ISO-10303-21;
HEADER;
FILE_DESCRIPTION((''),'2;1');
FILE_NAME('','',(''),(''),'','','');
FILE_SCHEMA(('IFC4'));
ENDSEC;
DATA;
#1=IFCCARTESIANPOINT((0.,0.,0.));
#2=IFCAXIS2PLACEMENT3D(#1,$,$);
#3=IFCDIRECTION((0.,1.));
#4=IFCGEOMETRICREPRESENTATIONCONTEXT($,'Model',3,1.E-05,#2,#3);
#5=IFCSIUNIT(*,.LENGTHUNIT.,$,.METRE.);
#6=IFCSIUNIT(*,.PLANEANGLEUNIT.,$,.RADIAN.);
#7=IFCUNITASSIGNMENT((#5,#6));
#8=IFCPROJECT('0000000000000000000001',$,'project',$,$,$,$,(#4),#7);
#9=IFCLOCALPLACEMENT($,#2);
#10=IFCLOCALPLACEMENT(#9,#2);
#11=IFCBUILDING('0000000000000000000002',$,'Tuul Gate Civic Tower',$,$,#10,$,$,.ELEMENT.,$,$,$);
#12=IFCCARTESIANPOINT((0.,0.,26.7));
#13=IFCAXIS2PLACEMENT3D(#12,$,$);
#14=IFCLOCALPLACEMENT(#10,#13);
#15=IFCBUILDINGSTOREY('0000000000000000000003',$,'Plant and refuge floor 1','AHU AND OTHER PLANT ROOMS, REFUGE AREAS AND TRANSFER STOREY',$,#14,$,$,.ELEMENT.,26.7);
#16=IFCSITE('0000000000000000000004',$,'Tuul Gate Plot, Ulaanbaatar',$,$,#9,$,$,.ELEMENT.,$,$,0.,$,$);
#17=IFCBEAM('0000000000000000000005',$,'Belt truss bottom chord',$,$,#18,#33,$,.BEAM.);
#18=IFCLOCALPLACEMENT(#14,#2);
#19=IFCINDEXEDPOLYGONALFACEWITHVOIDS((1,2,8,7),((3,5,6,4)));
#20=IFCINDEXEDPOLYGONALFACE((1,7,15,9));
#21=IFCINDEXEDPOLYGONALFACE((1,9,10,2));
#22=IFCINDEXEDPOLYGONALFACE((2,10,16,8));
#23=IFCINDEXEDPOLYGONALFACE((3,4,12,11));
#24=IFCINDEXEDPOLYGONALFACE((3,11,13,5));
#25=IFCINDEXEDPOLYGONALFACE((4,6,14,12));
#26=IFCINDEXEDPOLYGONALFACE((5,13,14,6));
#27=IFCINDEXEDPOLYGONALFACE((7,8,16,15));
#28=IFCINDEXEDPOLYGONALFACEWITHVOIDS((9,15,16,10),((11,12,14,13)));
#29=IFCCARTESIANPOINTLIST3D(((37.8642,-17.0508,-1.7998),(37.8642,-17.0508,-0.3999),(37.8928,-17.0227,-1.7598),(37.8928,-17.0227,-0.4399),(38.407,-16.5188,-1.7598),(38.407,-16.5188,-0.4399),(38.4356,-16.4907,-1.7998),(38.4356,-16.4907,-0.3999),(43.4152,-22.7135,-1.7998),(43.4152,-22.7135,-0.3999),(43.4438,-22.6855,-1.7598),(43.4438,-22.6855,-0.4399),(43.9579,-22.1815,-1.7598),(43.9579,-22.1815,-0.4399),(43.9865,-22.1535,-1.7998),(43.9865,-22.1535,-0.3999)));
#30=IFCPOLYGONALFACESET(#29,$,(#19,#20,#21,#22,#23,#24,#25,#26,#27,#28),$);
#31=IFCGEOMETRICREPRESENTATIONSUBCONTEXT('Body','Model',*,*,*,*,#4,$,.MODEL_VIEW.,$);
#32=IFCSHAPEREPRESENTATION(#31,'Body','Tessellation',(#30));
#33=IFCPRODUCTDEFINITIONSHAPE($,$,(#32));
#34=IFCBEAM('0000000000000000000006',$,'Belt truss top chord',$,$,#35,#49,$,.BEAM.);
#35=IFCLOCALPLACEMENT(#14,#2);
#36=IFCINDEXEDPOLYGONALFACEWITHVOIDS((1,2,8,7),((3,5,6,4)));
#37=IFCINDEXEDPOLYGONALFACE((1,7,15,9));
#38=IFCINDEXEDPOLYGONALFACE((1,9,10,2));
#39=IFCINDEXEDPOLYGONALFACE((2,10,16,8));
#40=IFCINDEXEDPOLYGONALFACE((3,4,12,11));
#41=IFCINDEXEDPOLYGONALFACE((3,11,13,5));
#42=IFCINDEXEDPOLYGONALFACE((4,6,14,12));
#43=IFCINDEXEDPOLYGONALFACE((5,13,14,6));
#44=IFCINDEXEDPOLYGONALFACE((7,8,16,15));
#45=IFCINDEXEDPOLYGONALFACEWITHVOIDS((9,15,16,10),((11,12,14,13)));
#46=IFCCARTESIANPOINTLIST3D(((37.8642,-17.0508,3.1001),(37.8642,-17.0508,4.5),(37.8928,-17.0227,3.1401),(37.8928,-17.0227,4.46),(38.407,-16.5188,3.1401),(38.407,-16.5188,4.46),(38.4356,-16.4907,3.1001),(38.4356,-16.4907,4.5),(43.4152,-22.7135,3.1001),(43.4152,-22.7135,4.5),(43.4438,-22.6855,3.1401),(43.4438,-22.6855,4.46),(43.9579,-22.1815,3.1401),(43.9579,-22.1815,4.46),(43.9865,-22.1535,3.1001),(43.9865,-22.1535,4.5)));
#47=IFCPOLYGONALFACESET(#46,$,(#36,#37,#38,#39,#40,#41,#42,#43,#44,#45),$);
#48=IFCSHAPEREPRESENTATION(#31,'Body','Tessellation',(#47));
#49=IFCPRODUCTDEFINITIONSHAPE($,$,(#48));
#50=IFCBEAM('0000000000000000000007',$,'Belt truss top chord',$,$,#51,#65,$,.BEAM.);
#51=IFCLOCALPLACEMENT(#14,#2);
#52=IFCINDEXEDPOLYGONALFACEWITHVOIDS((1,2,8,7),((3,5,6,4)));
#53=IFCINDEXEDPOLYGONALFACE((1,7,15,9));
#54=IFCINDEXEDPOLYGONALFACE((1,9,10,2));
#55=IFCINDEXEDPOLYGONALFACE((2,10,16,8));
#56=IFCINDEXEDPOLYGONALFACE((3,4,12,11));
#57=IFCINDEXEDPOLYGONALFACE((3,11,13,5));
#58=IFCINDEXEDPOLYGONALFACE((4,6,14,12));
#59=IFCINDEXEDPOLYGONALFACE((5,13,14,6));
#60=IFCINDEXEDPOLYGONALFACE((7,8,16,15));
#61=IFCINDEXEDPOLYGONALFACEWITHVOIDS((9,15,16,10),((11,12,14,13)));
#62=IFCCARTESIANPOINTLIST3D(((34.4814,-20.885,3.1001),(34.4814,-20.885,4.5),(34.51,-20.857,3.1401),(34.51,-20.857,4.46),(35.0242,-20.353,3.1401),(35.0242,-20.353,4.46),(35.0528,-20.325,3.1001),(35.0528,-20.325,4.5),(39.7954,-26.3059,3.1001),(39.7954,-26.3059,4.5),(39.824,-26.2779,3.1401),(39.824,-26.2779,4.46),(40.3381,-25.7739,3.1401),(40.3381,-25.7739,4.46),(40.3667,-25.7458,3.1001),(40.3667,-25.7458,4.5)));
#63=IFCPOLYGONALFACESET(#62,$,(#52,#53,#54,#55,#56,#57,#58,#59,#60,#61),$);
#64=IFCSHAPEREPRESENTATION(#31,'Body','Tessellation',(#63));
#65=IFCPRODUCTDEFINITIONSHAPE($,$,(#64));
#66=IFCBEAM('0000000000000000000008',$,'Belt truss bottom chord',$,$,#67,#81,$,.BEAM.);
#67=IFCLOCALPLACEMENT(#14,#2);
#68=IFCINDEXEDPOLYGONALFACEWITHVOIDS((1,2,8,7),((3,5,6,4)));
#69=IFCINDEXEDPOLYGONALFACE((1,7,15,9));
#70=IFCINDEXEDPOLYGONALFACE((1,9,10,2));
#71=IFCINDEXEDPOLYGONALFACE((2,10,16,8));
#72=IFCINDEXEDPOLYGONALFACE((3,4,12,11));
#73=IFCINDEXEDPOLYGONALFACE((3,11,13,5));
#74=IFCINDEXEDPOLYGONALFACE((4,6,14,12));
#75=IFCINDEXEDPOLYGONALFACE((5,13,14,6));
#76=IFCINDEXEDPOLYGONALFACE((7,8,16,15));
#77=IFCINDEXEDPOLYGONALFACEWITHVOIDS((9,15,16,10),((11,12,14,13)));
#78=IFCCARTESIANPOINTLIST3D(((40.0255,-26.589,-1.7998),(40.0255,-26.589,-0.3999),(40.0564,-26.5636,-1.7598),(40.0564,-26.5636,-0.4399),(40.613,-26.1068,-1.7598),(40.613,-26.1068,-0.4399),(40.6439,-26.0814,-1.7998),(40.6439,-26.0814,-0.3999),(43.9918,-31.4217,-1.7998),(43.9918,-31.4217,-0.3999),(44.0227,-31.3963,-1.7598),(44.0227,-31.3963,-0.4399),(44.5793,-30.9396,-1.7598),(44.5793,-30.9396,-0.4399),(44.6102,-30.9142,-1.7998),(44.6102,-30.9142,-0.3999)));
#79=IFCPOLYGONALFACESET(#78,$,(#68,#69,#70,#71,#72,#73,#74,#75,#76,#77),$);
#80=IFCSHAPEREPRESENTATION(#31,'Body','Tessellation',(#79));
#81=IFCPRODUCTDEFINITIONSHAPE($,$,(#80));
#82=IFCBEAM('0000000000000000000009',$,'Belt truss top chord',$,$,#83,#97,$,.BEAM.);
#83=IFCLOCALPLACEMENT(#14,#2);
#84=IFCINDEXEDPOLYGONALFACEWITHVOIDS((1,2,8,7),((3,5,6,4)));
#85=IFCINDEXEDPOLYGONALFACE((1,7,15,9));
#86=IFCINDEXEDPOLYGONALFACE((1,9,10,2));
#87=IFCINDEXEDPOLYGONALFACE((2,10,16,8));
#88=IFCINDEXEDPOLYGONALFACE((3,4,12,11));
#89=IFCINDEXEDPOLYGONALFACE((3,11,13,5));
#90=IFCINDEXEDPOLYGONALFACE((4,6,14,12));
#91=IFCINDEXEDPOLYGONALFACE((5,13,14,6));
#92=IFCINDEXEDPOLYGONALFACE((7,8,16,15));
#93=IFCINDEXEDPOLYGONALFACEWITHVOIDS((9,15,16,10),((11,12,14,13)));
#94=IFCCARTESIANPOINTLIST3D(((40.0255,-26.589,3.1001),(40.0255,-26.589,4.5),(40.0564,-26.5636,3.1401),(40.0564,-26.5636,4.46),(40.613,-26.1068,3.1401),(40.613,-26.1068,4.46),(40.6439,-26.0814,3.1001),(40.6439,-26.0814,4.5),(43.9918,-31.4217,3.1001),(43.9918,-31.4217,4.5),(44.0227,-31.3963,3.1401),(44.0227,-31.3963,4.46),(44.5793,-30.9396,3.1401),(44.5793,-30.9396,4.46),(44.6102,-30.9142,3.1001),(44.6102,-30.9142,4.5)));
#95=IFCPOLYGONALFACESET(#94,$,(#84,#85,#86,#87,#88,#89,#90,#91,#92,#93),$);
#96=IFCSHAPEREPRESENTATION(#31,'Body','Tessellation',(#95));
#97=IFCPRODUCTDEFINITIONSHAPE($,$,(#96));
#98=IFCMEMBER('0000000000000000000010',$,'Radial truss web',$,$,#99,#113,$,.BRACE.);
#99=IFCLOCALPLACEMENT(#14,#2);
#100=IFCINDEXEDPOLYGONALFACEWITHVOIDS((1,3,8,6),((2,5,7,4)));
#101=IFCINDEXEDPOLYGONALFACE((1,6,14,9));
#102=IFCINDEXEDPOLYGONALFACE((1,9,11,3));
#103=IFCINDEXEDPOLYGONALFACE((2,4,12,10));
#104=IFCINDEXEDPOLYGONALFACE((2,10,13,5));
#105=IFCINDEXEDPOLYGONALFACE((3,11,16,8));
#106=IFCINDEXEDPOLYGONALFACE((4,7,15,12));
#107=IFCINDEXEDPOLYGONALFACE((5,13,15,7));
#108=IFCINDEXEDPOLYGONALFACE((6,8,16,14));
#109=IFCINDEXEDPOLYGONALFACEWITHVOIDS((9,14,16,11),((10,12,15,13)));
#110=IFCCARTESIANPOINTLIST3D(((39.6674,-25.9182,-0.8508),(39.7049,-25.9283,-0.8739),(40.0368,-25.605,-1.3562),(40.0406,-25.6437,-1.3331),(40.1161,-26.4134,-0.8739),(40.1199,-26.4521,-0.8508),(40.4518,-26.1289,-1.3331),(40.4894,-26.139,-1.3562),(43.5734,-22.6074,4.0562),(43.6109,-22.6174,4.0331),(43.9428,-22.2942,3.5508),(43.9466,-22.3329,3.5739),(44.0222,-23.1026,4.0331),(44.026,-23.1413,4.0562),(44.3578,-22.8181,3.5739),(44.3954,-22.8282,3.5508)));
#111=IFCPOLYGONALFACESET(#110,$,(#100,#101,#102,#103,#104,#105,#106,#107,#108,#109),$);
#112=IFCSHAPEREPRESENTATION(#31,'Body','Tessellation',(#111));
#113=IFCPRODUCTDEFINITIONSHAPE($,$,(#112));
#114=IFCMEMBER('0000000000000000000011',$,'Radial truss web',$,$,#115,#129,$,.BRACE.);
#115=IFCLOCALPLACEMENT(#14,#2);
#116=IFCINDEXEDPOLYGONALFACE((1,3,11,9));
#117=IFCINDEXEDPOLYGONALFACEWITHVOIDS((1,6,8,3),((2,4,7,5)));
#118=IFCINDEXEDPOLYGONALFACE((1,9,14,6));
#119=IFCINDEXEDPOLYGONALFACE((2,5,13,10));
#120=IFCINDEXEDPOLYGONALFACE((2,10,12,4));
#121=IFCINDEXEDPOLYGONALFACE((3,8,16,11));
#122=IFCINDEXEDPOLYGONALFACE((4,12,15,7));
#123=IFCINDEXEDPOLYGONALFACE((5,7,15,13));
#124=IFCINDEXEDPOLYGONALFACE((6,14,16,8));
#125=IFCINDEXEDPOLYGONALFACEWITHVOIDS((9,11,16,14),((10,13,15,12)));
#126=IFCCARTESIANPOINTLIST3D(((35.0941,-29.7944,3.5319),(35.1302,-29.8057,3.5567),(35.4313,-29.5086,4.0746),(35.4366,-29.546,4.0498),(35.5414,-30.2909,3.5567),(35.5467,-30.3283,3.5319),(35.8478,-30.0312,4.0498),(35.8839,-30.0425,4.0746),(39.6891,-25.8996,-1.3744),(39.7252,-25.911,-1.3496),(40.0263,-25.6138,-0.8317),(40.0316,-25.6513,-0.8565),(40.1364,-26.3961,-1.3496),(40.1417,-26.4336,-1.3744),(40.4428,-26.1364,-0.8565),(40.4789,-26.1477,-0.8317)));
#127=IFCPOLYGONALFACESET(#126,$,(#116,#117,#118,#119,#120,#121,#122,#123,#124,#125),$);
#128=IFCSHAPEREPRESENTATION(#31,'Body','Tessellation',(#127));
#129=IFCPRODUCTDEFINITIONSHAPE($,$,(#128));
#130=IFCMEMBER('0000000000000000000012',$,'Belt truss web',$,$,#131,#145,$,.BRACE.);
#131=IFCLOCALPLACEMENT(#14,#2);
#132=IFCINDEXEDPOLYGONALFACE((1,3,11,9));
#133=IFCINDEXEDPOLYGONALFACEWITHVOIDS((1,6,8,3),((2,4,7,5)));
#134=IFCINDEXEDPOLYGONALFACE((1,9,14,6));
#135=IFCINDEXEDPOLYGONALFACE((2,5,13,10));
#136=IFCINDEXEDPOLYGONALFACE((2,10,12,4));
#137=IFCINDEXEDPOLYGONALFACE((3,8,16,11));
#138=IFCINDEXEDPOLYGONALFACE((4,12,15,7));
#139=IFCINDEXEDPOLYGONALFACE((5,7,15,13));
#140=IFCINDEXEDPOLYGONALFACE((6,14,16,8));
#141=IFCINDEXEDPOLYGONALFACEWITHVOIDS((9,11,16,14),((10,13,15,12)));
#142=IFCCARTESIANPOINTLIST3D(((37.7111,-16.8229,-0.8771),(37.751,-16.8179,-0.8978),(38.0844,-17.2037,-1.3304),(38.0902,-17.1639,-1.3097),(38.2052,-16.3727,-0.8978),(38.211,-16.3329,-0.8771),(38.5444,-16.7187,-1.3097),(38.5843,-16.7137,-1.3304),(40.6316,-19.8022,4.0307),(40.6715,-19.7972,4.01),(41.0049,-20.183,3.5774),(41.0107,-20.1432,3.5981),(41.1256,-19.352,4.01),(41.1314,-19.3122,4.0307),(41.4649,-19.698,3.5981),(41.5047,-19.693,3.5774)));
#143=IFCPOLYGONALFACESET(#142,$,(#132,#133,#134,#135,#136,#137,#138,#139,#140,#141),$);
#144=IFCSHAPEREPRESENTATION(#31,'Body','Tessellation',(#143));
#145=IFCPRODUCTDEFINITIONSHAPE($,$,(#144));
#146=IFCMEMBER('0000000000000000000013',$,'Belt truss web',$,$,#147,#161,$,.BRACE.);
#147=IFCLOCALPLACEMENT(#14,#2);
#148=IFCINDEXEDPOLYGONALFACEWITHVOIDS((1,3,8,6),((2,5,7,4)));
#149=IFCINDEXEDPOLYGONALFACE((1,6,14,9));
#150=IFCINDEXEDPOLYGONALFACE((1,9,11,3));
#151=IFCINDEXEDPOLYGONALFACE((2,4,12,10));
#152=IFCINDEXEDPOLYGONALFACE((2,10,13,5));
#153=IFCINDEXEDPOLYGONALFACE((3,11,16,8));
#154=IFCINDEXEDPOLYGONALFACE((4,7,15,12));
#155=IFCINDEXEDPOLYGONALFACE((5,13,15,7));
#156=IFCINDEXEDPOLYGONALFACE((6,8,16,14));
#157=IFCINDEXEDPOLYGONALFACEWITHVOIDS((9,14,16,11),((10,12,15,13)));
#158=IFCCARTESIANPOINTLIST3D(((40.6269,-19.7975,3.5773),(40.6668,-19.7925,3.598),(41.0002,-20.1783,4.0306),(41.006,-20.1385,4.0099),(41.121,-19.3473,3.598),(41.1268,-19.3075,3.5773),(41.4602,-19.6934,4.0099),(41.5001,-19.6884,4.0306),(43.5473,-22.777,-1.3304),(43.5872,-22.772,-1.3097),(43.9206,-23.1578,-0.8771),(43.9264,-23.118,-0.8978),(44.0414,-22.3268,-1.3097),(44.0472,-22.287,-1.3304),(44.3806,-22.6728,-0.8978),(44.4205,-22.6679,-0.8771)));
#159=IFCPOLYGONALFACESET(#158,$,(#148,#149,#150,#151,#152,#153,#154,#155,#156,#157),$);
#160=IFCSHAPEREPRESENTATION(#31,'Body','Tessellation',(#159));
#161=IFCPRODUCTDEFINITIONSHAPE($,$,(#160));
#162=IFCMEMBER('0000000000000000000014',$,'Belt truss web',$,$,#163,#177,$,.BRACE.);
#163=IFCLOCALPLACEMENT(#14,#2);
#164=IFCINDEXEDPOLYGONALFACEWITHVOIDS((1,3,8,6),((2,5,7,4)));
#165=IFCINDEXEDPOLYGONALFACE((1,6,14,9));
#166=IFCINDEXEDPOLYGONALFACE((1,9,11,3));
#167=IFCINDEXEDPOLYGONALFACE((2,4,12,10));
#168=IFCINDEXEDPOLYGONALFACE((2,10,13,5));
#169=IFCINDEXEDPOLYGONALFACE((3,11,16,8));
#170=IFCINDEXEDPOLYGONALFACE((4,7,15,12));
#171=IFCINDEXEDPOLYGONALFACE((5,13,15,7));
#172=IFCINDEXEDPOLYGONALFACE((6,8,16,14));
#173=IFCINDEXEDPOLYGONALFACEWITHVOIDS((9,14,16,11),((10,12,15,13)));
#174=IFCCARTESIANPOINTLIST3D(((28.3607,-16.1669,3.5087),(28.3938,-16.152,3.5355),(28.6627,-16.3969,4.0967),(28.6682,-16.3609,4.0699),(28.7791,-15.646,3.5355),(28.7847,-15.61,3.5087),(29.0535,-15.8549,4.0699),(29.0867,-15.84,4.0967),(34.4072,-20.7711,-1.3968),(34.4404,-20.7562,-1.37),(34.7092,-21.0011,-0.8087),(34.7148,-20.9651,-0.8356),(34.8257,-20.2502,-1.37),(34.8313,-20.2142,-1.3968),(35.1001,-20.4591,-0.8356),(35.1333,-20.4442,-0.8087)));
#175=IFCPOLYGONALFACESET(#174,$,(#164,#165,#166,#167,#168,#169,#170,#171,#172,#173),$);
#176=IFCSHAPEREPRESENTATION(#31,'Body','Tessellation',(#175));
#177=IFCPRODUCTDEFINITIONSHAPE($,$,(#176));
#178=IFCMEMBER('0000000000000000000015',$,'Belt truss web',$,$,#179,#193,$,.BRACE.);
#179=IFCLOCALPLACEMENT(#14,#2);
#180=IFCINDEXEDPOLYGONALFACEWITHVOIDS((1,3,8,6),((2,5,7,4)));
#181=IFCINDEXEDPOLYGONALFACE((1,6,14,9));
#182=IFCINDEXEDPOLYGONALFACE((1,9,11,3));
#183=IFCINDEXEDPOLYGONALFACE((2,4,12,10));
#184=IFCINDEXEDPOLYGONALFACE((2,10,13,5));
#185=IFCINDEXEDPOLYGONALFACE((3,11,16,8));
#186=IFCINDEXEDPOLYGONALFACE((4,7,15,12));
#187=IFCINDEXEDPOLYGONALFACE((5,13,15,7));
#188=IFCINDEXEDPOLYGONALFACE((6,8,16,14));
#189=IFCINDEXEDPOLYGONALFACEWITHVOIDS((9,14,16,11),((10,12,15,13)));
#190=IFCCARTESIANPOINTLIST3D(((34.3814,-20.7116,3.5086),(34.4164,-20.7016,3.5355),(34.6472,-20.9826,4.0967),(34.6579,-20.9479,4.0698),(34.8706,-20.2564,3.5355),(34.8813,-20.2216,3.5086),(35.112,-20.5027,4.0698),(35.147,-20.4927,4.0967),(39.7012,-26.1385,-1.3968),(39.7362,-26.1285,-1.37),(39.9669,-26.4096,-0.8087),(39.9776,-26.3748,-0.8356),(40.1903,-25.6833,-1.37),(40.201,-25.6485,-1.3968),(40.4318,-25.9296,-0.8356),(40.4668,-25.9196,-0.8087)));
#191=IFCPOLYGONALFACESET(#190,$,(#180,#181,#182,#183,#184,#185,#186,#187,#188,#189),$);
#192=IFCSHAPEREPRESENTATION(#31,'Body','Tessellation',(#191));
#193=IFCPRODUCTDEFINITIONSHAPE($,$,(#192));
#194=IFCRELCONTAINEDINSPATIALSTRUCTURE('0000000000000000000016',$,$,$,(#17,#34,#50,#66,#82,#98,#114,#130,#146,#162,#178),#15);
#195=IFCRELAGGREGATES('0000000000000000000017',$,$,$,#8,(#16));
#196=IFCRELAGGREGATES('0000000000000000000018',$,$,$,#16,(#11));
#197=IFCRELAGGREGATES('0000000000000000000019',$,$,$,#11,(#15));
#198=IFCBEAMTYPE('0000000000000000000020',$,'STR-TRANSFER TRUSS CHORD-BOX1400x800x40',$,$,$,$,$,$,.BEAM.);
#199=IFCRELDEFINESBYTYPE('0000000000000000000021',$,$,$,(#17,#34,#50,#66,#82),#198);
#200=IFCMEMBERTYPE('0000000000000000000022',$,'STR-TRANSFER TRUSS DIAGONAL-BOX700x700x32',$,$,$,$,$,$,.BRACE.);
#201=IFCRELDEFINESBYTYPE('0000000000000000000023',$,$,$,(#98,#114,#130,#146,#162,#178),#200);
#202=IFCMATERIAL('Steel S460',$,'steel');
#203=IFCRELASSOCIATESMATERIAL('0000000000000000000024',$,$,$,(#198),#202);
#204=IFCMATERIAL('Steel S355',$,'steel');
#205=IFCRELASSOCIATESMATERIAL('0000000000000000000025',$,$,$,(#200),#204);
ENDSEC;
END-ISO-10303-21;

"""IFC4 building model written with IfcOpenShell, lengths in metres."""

from ifc_helpers import new_model, si_unit, direction, frame, origin, origin_2d, place, context, subcontext, project, spatial, hollow_rectangle, extrude, material, material_profile, profile_set, type_object, element, save


model = new_model("IFC4")

# Units and contexts
model_context = context("Model", 3, precision=1e-05, world=origin(), true_north=direction((0.0, 1.0)))
body_context = subcontext(model_context, "Body", "Model", "MODEL_VIEW")
ifc_project = project(units=[si_unit("LENGTHUNIT", "METRE"), si_unit("PLANEANGLEUNIT", "RADIAN")], contexts=[model_context])

# Site, building, storey
site_placement = place(None, origin())
site = spatial("IfcSite", under=ifc_project, at=site_placement, Name="Tuul Gate Plot, Ulaanbaatar", CompositionType="ELEMENT", RefElevation=0.0)
building_placement = place(site_placement, origin())
building = spatial("IfcBuilding", under=site, at=building_placement, Name="Tuul Gate Civic Tower", CompositionType="ELEMENT")
storey_placement = place(building_placement, frame((0.0, 0.0, 26.7)))
storey = spatial("IfcBuildingStorey", under=building, at=storey_placement, Name="Plant and refuge floor 1", Description="AHU AND OTHER PLANT ROOMS, REFUGE AREAS AND TRANSFER STOREY", CompositionType="ELEMENT", Elevation=26.7)

# Beams
ifc_material_1 = material(Name="Steel S460", Category="steel")
ifc_material_profile_1 = material_profile(ifc_material_1, hollow_rectangle(XDim=0.8, YDim=1.3999, WallThickness=0.04, at=origin_2d()), Name="BOX1400x800x40")
ifc_profile_set_1 = profile_set([ifc_material_profile_1], Name="Steel S460")
beam_type_1 = type_object("IfcBeamType", Name="STR-TRANSFER TRUSS CHORD-BOX1400x800x40", PredefinedType="BEAM", material=ifc_profile_set_1)
for number, where, z_axis, x_axis, name in (
    (1, (38.1499, -16.7708, -1.0999), (0.700021, -0.714122, 0.0), (0.714122, 0.700021, 0.0), "Belt truss bottom chord"),
    (2, (38.1499, -16.7708, 3.8), (0.700021, -0.714122, 0.0), (0.714122, 0.700021, 0.0), "Belt truss top chord"),
):
    element("IfcBeam", number, at=place(storey_placement, frame(where, z_axis=z_axis, x_axis=x_axis)), inside=storey, type_object=beam_type_1, Name=name, PredefinedType="BEAM", context=body_context, shape_type="SweptSolid", body=[
        extrude(hollow_rectangle(XDim=0.8, YDim=1.3999, WallThickness=0.04, at=origin_2d()), origin(), (0.0, 0.0, 1.0), 7.9297),
    ])
beam_1_placement = place(storey_placement, frame((34.7671, -20.605, 3.8), z_axis=(0.700028, -0.714115, 0.0), x_axis=(0.714115, 0.700028, 0.0)))
element("IfcBeam", 3, at=beam_1_placement, inside=storey, type_object=beam_type_1, Name="Belt truss top chord", PredefinedType="BEAM", context=body_context, shape_type="SweptSolid", body=[
    extrude(hollow_rectangle(XDim=0.8, YDim=1.3999, WallThickness=0.04, at=origin_2d()), origin(), (0.0, 0.0, 1.0), 7.5911),
])
for number, where, z_axis, x_axis, name in (
    (4, (40.3347, -26.3352, -1.0999), (0.634409, -0.772998, 0.0), (0.772998, 0.634409, 0.0), "Belt truss bottom chord"),
    (5, (40.3347, -26.3352, 3.8), (0.634409, -0.772998, 0.0), (0.772998, 0.634409, 0.0), "Belt truss top chord"),
):
    element("IfcBeam", number, at=place(storey_placement, frame(where, z_axis=z_axis, x_axis=x_axis)), inside=storey, type_object=beam_type_1, Name=name, PredefinedType="BEAM", context=body_context, shape_type="SweptSolid", body=[
        extrude(hollow_rectangle(XDim=0.8, YDim=1.3999, WallThickness=0.04, at=origin_2d()), origin(), (0.0, 0.0, 1.0), 6.252),
    ])

# Members
ifc_material_2 = material(Name="Steel S355", Category="steel")
ifc_material_profile_2 = material_profile(ifc_material_2, hollow_rectangle(XDim=0.7, YDim=0.7, WallThickness=0.032, at=origin_2d()), Name="BOX700x700x32")
ifc_profile_set_2 = profile_set([ifc_material_profile_2], Name="Steel S355")
member_type_1 = type_object("IfcMemberType", Name="STR-TRANSFER TRUSS DIAGONAL-BOX700x700x32", PredefinedType="BRACE", material=ifc_profile_set_2)
member_1_placement = place(storey_placement, frame((40.0784, -26.0286, -1.1035), z_axis=(0.550761, 0.466834, 0.691902), x_axis=(-0.646592, 0.762836, 0.0)))
element("IfcMember", 6, at=member_1_placement, inside=storey, type_object=member_type_1, Name="Radial truss web", PredefinedType="BRACE", context=body_context, shape_type="SweptSolid", body=[
    extrude(hollow_rectangle(XDim=0.7, YDim=0.7, WallThickness=0.032, at=origin_2d()), origin(), (0.0, 0.0, 1.0), 7.092),
])
member_2_placement = place(storey_placement, frame((40.084, -26.0237, -1.103), z_axis=(-0.591464, -0.501335, 0.631532), x_axis=(0.646592, -0.762836, 0.0)))
element("IfcMember", 7, at=member_2_placement, inside=storey, type_object=member_type_1, Name="Radial truss web", PredefinedType="BRACE", context=body_context, shape_type="SweptSolid", body=[
    extrude(hollow_rectangle(XDim=0.7, YDim=0.7, WallThickness=0.032, at=origin_2d()), origin(), (0.0, 0.0, 1.0), 7.7688),
])
for number, where, z_axis, x_axis, name in (
    (8, (38.1477, -16.7683, -1.1038), (0.453388, -0.462523, 0.761913), (0.714123, 0.70002, 0.0), "Belt truss web"),
    (9, (43.9839, -22.7224, -1.1038), (-0.45338, 0.462552, 0.7619), (-0.714152, -0.699991, 0.0), "Belt truss web"),
):
    element("IfcMember", number, at=place(storey_placement, frame(where, z_axis=z_axis, x_axis=x_axis)), inside=storey, type_object=member_type_1, Name=name, PredefinedType="BRACE", context=body_context, shape_type="SweptSolid", body=[
        extrude(hollow_rectangle(XDim=0.7, YDim=0.7, WallThickness=0.032, at=origin_2d()), origin(), (0.0, 0.0, 1.0), 6.4414),
    ])
member_3_placement = place(storey_placement, frame((34.7703, -20.6077, -1.1028), z_axis=(-0.668453, 0.508998, 0.542303), x_axis=(-0.605818, -0.795604, 0.0)))
element("IfcMember", 10, at=member_3_placement, inside=storey, type_object=member_type_1, Name="Belt truss web", PredefinedType="BRACE", context=body_context, shape_type="SweptSolid", body=[
    extrude(hollow_rectangle(XDim=0.7, YDim=0.7, WallThickness=0.032, at=origin_2d()), origin(), (0.0, 0.0, 1.0), 9.0457),
])
member_4_placement = place(storey_placement, frame((40.084, -26.0291, -1.1028), z_axis=(-0.588133, 0.599982, 0.542329), x_axis=(-0.714123, -0.70002, 0.0)))
element("IfcMember", 11, at=member_4_placement, inside=storey, type_object=member_type_1, Name="Belt truss web", PredefinedType="BRACE", context=body_context, shape_type="SweptSolid", body=[
    extrude(hollow_rectangle(XDim=0.7, YDim=0.7, WallThickness=0.032, at=origin_2d()), origin(), (0.0, 0.0, 1.0), 9.0452),
])

save(model, "model.ifc")
